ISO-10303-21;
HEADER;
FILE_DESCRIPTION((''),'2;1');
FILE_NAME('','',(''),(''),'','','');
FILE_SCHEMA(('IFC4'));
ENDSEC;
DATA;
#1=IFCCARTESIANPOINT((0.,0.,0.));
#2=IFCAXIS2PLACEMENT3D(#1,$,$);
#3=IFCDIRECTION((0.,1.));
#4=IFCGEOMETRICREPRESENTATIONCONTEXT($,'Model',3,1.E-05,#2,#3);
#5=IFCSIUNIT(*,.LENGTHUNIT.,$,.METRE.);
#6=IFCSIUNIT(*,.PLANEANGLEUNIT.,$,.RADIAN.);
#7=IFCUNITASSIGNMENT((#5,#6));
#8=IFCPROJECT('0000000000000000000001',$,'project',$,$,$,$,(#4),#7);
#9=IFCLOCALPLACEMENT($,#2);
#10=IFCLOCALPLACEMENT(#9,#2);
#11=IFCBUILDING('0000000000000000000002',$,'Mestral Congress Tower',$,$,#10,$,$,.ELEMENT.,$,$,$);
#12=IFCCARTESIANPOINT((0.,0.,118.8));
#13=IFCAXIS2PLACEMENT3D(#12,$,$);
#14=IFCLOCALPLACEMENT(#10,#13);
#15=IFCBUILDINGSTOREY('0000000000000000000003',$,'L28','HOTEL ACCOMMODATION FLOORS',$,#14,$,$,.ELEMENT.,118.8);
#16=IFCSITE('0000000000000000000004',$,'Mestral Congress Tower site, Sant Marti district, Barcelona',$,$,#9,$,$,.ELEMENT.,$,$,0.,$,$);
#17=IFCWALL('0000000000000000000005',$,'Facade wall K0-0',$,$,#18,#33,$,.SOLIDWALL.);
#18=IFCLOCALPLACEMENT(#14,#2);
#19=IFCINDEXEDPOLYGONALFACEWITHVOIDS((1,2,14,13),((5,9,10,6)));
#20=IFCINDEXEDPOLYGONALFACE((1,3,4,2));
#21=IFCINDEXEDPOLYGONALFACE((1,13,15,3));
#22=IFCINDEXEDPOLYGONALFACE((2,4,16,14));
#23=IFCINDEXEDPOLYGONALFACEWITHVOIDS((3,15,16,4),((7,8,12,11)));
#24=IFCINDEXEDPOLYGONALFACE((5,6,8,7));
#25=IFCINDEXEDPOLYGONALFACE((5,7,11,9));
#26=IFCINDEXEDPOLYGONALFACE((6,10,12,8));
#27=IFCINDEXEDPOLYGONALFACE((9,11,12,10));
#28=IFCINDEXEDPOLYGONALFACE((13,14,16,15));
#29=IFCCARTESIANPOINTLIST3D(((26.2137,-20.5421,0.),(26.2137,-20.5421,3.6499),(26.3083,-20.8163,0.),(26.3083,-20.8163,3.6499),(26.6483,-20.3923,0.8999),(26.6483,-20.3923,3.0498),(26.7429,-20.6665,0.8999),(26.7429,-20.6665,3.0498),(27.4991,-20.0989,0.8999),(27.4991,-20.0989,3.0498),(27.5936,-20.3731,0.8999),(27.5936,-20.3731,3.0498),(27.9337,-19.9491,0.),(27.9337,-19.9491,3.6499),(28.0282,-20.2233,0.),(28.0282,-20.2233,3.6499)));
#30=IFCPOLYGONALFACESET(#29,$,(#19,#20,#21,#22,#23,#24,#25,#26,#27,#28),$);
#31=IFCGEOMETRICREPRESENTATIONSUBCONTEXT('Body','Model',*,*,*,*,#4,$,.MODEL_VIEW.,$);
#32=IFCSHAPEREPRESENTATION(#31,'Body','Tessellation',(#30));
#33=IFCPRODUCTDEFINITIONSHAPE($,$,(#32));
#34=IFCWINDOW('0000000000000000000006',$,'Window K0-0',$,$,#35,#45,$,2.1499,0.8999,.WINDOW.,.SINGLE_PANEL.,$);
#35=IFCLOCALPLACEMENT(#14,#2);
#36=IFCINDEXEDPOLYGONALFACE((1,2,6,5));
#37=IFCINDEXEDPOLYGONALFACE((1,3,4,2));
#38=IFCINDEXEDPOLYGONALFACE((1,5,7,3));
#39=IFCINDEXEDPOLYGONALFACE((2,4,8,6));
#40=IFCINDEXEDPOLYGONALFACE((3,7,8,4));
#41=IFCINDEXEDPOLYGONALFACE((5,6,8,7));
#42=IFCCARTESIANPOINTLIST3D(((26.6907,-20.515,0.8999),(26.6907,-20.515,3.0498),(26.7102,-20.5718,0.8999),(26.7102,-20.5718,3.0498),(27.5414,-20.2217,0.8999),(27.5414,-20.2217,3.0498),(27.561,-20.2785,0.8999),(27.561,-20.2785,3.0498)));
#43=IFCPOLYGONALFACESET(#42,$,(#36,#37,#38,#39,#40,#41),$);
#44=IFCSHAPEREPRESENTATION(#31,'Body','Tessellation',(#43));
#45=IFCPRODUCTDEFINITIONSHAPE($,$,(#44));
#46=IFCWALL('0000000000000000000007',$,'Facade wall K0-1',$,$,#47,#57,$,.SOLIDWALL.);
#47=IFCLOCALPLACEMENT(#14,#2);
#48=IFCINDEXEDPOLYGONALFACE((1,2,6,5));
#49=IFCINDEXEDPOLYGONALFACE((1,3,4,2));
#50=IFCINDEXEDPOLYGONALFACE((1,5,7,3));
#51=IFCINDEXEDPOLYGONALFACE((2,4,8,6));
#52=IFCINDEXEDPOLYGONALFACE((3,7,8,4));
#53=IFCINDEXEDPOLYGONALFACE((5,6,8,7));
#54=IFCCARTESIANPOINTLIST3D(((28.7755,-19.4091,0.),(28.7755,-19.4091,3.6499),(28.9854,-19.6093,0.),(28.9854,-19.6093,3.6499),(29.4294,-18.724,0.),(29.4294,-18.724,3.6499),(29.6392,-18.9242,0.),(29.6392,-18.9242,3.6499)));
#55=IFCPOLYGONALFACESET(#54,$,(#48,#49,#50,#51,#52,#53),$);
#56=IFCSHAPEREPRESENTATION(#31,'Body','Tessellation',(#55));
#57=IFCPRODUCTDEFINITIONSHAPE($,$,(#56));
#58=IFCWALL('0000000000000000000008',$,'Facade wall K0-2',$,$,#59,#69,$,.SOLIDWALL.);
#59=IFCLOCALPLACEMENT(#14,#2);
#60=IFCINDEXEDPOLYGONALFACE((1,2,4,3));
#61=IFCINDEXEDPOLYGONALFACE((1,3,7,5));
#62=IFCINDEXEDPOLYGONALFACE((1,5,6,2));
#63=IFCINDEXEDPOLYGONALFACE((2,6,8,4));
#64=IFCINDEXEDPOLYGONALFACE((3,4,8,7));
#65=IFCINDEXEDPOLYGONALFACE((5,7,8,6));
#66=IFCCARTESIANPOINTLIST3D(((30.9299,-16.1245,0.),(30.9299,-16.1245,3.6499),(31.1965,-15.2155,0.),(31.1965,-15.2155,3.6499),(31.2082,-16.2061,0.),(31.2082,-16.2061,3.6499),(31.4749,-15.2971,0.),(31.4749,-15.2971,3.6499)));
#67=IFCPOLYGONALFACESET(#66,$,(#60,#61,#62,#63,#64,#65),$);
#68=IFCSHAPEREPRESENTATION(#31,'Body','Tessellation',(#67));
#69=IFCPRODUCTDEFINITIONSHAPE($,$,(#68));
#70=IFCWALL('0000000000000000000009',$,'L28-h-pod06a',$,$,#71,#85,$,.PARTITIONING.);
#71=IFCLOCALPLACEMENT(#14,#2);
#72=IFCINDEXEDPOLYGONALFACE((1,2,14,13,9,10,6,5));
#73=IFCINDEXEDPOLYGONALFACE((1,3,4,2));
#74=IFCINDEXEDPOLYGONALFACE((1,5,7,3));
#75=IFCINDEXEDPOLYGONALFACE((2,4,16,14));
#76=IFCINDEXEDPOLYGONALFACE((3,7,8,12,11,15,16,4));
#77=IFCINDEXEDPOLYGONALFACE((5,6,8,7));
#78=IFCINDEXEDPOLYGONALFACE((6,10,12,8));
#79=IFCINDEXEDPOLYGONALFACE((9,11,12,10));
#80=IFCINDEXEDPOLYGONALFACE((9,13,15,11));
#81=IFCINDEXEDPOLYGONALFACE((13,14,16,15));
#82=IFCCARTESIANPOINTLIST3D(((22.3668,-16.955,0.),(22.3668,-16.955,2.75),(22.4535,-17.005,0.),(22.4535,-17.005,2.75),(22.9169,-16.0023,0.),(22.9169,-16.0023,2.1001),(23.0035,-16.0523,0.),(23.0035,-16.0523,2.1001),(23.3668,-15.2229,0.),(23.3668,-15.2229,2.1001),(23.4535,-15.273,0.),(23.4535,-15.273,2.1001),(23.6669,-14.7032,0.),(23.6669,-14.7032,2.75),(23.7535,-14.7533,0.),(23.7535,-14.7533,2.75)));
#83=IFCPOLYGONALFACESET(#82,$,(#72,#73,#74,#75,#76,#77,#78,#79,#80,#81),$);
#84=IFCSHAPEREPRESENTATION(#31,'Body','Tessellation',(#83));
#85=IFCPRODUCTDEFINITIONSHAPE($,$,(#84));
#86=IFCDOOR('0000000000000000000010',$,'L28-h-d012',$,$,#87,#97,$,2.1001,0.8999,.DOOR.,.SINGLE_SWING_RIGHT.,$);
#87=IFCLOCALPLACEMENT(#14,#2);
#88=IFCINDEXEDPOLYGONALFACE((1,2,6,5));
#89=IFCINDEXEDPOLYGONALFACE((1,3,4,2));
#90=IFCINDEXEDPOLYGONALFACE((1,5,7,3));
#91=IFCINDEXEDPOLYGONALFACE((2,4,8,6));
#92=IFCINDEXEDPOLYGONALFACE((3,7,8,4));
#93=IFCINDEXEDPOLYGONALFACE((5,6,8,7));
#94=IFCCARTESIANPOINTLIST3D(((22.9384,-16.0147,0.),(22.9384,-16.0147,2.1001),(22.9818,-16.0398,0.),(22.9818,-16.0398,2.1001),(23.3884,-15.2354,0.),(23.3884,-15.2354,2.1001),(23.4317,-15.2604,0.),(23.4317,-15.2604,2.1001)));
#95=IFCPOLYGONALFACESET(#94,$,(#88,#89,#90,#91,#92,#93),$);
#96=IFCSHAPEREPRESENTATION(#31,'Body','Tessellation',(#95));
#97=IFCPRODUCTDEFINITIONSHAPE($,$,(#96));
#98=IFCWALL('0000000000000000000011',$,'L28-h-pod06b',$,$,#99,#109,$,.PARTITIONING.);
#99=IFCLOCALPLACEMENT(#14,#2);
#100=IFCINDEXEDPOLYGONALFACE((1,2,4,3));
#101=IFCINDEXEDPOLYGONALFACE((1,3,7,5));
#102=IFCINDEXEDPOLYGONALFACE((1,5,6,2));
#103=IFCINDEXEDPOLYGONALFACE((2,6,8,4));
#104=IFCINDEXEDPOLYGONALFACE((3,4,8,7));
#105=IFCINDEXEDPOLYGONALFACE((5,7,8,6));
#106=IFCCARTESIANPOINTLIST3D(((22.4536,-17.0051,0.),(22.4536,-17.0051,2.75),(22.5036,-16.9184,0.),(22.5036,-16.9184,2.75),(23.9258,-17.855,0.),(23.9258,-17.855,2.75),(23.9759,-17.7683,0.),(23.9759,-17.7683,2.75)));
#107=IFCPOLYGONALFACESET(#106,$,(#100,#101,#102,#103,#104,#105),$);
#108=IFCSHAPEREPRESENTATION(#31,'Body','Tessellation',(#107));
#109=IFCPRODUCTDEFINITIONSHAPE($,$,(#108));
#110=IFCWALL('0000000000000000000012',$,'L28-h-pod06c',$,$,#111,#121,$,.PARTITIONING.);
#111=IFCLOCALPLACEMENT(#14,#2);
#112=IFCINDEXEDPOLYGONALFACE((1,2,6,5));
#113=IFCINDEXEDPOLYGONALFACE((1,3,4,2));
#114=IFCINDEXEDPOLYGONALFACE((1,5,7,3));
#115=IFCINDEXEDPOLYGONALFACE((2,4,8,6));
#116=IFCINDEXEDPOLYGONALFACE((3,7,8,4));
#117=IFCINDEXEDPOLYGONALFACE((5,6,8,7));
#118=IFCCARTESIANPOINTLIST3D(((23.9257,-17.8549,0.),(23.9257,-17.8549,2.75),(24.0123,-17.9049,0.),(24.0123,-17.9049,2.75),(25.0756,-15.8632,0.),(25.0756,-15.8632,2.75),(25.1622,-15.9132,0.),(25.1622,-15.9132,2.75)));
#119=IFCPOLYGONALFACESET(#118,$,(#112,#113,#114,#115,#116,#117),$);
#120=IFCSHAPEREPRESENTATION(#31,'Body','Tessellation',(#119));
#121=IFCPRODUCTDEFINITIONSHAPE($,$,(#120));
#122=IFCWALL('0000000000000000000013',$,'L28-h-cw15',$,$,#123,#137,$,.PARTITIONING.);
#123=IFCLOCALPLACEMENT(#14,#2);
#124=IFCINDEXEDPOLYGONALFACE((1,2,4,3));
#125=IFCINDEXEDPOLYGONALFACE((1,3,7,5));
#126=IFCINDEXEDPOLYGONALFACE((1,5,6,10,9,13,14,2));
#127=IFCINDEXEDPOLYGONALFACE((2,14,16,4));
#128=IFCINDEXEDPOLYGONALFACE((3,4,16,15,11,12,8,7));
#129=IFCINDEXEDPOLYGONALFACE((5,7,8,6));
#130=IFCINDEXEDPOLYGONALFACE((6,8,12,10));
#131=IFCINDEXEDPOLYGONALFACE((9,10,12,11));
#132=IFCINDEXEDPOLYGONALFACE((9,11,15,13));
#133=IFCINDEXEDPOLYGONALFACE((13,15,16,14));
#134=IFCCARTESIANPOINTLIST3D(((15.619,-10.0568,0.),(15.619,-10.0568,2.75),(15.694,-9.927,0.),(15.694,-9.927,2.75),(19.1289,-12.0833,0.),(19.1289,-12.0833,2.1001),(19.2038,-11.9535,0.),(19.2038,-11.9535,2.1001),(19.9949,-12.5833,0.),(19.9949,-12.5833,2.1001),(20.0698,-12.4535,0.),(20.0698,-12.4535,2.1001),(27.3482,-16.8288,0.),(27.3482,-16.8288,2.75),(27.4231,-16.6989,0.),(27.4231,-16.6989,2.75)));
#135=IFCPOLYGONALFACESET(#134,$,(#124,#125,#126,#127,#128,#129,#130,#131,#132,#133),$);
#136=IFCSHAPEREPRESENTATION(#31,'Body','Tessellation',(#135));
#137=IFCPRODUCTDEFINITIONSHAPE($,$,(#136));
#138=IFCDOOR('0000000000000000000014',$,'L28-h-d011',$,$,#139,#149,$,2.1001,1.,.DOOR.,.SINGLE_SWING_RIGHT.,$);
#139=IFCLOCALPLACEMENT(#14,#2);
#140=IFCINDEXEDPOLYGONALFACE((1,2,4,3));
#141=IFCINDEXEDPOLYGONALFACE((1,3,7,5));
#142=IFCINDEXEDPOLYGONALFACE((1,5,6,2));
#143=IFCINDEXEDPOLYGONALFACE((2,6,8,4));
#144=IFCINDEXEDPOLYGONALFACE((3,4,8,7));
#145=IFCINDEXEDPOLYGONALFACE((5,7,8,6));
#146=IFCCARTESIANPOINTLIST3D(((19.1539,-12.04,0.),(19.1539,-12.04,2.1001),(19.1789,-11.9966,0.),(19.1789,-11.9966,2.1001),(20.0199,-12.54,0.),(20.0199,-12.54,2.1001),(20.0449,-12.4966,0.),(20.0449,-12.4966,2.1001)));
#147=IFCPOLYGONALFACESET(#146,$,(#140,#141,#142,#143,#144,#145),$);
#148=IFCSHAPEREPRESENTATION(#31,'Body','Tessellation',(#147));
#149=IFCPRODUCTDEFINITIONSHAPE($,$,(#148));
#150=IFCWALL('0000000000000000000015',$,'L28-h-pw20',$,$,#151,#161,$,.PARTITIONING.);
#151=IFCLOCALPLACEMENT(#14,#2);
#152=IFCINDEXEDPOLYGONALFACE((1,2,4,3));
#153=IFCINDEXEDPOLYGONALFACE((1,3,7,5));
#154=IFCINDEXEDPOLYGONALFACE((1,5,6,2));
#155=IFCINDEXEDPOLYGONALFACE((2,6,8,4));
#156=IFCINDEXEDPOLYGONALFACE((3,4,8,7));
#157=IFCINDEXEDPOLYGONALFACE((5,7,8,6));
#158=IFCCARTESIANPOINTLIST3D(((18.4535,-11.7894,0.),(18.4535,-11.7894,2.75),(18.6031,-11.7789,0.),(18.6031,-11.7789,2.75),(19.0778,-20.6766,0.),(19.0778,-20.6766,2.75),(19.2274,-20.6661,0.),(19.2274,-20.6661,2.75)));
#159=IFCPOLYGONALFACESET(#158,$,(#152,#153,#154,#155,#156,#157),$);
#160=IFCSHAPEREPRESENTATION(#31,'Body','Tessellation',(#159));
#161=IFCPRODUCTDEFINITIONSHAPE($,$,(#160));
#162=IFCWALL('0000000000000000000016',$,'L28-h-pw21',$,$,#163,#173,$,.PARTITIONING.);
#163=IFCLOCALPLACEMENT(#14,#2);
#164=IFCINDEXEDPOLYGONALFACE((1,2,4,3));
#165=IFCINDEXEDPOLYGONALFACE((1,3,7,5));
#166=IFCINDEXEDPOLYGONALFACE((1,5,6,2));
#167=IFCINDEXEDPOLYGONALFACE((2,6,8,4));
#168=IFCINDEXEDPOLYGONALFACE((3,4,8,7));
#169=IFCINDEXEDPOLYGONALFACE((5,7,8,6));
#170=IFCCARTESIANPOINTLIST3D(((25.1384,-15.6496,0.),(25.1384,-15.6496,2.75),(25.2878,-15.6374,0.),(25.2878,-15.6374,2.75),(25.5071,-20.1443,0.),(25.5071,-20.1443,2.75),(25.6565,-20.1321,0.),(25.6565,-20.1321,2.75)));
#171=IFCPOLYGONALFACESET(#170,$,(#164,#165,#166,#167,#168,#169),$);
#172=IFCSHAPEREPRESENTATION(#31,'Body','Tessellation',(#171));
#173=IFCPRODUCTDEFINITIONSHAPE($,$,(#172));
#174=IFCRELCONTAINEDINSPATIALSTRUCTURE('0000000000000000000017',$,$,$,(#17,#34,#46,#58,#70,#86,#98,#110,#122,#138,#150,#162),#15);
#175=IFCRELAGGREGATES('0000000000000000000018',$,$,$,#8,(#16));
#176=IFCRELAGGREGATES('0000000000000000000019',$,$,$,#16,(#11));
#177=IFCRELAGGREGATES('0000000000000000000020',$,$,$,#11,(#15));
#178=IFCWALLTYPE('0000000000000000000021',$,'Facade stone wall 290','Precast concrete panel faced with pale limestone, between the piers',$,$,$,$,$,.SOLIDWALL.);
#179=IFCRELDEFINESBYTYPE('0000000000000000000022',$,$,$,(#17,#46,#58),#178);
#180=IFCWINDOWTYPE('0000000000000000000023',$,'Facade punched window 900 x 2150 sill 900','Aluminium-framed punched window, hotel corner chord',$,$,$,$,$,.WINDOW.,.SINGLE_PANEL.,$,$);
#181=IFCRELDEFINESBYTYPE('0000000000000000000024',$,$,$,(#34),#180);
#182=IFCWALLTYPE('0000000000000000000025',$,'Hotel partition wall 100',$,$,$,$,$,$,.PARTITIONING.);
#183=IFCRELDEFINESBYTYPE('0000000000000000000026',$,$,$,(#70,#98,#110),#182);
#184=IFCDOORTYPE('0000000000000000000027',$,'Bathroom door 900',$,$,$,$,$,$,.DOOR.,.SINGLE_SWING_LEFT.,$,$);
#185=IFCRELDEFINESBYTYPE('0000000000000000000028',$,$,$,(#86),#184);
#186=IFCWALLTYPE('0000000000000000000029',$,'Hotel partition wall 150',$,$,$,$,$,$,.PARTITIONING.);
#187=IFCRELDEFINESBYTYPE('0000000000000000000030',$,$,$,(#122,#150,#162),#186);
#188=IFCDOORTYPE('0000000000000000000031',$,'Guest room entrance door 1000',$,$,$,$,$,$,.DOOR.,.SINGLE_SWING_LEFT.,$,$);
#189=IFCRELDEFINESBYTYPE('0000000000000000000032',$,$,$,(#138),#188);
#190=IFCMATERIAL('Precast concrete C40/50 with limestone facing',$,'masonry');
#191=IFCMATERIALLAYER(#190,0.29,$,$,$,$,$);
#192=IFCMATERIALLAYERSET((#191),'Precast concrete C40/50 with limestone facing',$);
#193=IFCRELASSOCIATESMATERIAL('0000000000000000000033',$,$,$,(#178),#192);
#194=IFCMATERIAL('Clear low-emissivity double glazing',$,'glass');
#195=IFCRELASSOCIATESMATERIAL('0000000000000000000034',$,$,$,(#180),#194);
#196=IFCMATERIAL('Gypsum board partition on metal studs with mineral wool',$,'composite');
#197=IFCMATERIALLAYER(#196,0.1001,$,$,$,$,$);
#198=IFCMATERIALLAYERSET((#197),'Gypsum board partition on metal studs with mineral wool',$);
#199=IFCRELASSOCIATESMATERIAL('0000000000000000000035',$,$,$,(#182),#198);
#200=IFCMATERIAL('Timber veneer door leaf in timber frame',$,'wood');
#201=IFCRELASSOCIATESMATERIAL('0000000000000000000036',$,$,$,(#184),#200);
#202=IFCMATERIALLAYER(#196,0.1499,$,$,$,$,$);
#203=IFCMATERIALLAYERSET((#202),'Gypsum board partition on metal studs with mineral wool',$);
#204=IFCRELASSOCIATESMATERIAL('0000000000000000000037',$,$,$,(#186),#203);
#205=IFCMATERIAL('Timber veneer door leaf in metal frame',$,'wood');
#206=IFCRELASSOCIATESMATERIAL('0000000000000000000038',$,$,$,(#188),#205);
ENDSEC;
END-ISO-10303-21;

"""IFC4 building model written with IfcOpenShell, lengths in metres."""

from ifc_helpers import new_model, si_unit, direction, frame, frame_2d, origin, place, context, subcontext, project, spatial, rectangle, extrude, material, layer, layer_set, type_object, element, fill, save


model = new_model("IFC4")

# Units and contexts
model_context = context("Model", 3, precision=1e-05, world=origin(), true_north=direction((0.0, 1.0)))
body_context = subcontext(model_context, "Body", "Model", "MODEL_VIEW")
ifc_project = project(units=[si_unit("LENGTHUNIT", "METRE"), si_unit("PLANEANGLEUNIT", "RADIAN")], contexts=[model_context])

# Site, building, storey
site_placement = place(None, origin())
site = spatial("IfcSite", under=ifc_project, at=site_placement, Name="Mestral Congress Tower site, Sant Marti district, Barcelona", CompositionType="ELEMENT", RefElevation=0.0)
building_placement = place(site_placement, origin())
building = spatial("IfcBuilding", under=site, at=building_placement, Name="Mestral Congress Tower", CompositionType="ELEMENT")
storey_placement = place(building_placement, frame((0.0, 0.0, 118.8)))
storey = spatial("IfcBuildingStorey", under=building, at=storey_placement, Name="L28", Description="HOTEL ACCOMMODATION FLOORS", CompositionType="ELEMENT", Elevation=118.8)

# Shared definitions
ifc_material_1 = material(Name="Precast concrete C40/50 with limestone facing", Category="masonry")
ifc_layer_1 = layer(ifc_material_1, 0.29)
ifc_layer_set_1 = layer_set([ifc_layer_1], Name="Precast concrete C40/50 with limestone facing")
wall_type_1 = type_object("IfcWallType", Name="Facade stone wall 290", Description="Precast concrete panel faced with pale limestone, between the piers", PredefinedType="SOLIDWALL", material=ifc_layer_set_1)
ifc_material_2 = material(Name="Clear low-emissivity double glazing", Category="glass")

# Wall, opening, window
wall_1_placement = place(storey_placement, frame((26.261, -20.6792, 0.0), z_axis=(0.0, 0.0, 1.0), x_axis=(0.945386, 0.325953, 0.0)))
wall_1 = element("IfcWall", 1, at=wall_1_placement, inside=storey, type_object=wall_type_1, Name="Facade wall K0-0", PredefinedType="SOLIDWALL", context=body_context, shape_type="SweptSolid", body=[
    extrude(rectangle(XDim=1.8193, YDim=0.29, at=frame_2d((0.9097, 0.0))), origin(), (0.0, 0.0, 1.0), 3.6499),
])
opening_1_placement = place(wall_1_placement, frame((0.4597, 0.0, 0.8999)))
opening_1 = element("IfcOpeningElement", 2, at=opening_1_placement, cuts=wall_1, PredefinedType="OPENING", context=body_context, shape_type="SweptSolid", body=[
    extrude(rectangle(XDim=0.8999, YDim=2.1499, at=frame_2d((0.45, 1.075))), frame((0.0, 0.155, 0.0), z_axis=(0.0, -1.0, 0.0), x_axis=(1.0, 0.0, 0.0)), (0.0, 0.0, 1.0), 0.3101),
])
window_type_1 = type_object("IfcWindowType", Name="Facade punched window 900 x 2150 sill 900", Description="Aluminium-framed punched window, hotel corner chord", PartitioningType="SINGLE_PANEL", PredefinedType="WINDOW", material=ifc_material_2)
window_1_placement = place(opening_1_placement, origin())
window_1 = element("IfcWindow", 3, at=window_1_placement, inside=storey, type_object=window_type_1, Name="Window K0-0", OverallHeight=2.1499, OverallWidth=0.8999, PartitioningType="SINGLE_PANEL", PredefinedType="WINDOW", context=body_context, shape_type="SweptSolid", body=[
    extrude(rectangle(XDim=0.8999, YDim=2.1499, at=frame_2d((0.45, 1.075))), frame((0.0, 0.0151, 0.0), z_axis=(0.0, -1.0, 0.0), x_axis=(1.0, 0.0, 0.0)), (0.0, 0.0, 1.0), 0.0601),
])
fill(opening_1, window_1)

# Walls
wall_2_placement = place(storey_placement, frame((28.8804, -19.5093, 0.0), z_axis=(0.0, 0.0, 1.0), x_axis=(0.690414, 0.723414, 0.0)))
element("IfcWall", 4, at=wall_2_placement, inside=storey, type_object=wall_type_1, Name="Facade wall K0-1", PredefinedType="SOLIDWALL", context=body_context, shape_type="SweptSolid", body=[
    extrude(rectangle(XDim=0.947, YDim=0.29, at=frame_2d((0.4736, 0.0))), origin(), (0.0, 0.0, 1.0), 3.6499),
])
wall_3_placement = place(storey_placement, frame((31.0691, -16.1653, 0.0), z_axis=(0.0, 0.0, 1.0), x_axis=(0.281455, 0.959575, 0.0)))
element("IfcWall", 5, at=wall_3_placement, inside=storey, type_object=wall_type_1, Name="Facade wall K0-2", PredefinedType="SOLIDWALL", context=body_context, shape_type="SweptSolid", body=[
    extrude(rectangle(XDim=0.9473, YDim=0.29, at=frame_2d((0.4736, 0.0))), origin(), (0.0, 0.0, 1.0), 3.6499),
])

# Wall, opening, door
ifc_material_3 = material(Name="Gypsum board partition on metal studs with mineral wool", Category="composite")
ifc_layer_2 = layer(ifc_material_3, 0.1001)
ifc_layer_set_2 = layer_set([ifc_layer_2], Name="Gypsum board partition on metal studs with mineral wool")
wall_type_2 = type_object("IfcWallType", Name="Hotel partition wall 100", PredefinedType="PARTITIONING", material=ifc_layer_set_2)
wall_4_placement = place(storey_placement, frame((23.7102, -14.7283, 0.0), z_axis=(0.0, 0.0, 1.0), x_axis=(-0.500007, -0.866021, 0.0)))
wall_4 = element("IfcWall", 6, at=wall_4_placement, inside=storey, type_object=wall_type_2, Name="L28-h-pod06a", PredefinedType="PARTITIONING", context=body_context, shape_type="SweptSolid", body=[
    extrude(rectangle(XDim=2.6001, YDim=0.1001, at=frame_2d((1.3, 0.0))), origin(), (0.0, 0.0, 1.0), 2.75),
])
opening_2_placement = place(wall_4_placement, frame((0.6001, 0.0, 0.0)))
opening_2 = element("IfcOpeningElement", 7, at=opening_2_placement, cuts=wall_4, PredefinedType="OPENING", context=body_context, shape_type="SweptSolid", body=[
    extrude(rectangle(XDim=0.8999, YDim=2.1001, at=frame_2d((0.45, 1.05))), frame((0.0, 0.0601, 0.0), z_axis=(0.0, -1.0, 0.0), x_axis=(1.0, 0.0, 0.0)), (0.0, 0.0, 1.0), 0.1201),
])
ifc_material_4 = material(Name="Timber veneer door leaf in timber frame", Category="wood")
door_type_1 = type_object("IfcDoorType", Name="Bathroom door 900", OperationType="SINGLE_SWING_LEFT", PredefinedType="DOOR", material=ifc_material_4)
door_1_placement = place(opening_2_placement, origin())
door_1 = element("IfcDoor", 8, at=door_1_placement, inside=storey, type_object=door_type_1, Name="L28-h-d012", OperationType="SINGLE_SWING_RIGHT", OverallHeight=2.1001, OverallWidth=0.8999, PredefinedType="DOOR", context=body_context, shape_type="SweptSolid", body=[
    extrude(rectangle(XDim=0.8999, YDim=2.1001, at=frame_2d((0.45, 1.05))), frame((0.0, 0.0249, 0.0), z_axis=(0.0, -1.0, 0.0), x_axis=(1.0, 0.0, 0.0)), (0.0, 0.0, 1.0), 0.05),
])
fill(opening_2, door_1)

# Walls
wall_5_placement = place(storey_placement, frame((22.4785, -16.9617, 0.0), z_axis=(0.0, 0.0, 1.0), x_axis=(0.866052, -0.499955, 0.0)))
element("IfcWall", 9, at=wall_5_placement, inside=storey, type_object=wall_type_2, Name="L28-h-pod06b", PredefinedType="PARTITIONING", context=body_context, shape_type="SweptSolid", body=[
    extrude(rectangle(XDim=1.7, YDim=0.1001, at=frame_2d((0.8501, 0.0))), origin(), (0.0, 0.0, 1.0), 2.75),
])
wall_6_placement = place(storey_placement, frame((25.1189, -15.8882, 0.0), z_axis=(0.0, 0.0, 1.0), x_axis=(-0.499998, -0.866026, 0.0)))
element("IfcWall", 10, at=wall_6_placement, inside=storey, type_object=wall_type_2, Name="L28-h-pod06c", PredefinedType="PARTITIONING", context=body_context, shape_type="SweptSolid", body=[
    extrude(rectangle(XDim=2.2998, YDim=0.1001, at=frame_2d((1.1499, 0.0))), origin(), (0.0, 0.0, 1.0), 2.75),
])

# Wall, opening, door
ifc_layer_3 = layer(ifc_material_3, 0.1499)
ifc_layer_set_3 = layer_set([ifc_layer_3], Name="Gypsum board partition on metal studs with mineral wool")
wall_type_3 = type_object("IfcWallType", Name="Hotel partition wall 150", PredefinedType="PARTITIONING", material=ifc_layer_set_3)
wall_7_placement = place(storey_placement, frame((27.3857, -16.7639, 0.0), z_axis=(0.0, 0.0, 1.0), x_axis=(-0.866023, 0.500005, 0.0)))
wall_7 = element("IfcWall", 11, at=wall_7_placement, inside=storey, type_object=wall_type_3, Name="L28-h-cw15", PredefinedType="PARTITIONING", context=body_context, shape_type="SweptSolid", body=[
    extrude(rectangle(XDim=13.5437, YDim=0.1499, at=frame_2d((6.772, 0.0))), origin(), (0.0, 0.0, 1.0), 2.75),
])
opening_3_placement = place(wall_7_placement, frame((8.491, 0.0, 0.0)))
opening_3 = element("IfcOpeningElement", 12, at=opening_3_placement, cuts=wall_7, PredefinedType="OPENING", context=body_context, shape_type="SweptSolid", body=[
    extrude(rectangle(XDim=1.0, YDim=2.1001, at=frame_2d((0.5, 1.05))), frame((0.0, 0.085, 0.0), z_axis=(0.0, -1.0, 0.0), x_axis=(1.0, 0.0, 0.0)), (0.0, 0.0, 1.0), 0.1699),
])
ifc_material_5 = material(Name="Timber veneer door leaf in metal frame", Category="wood")
door_type_2 = type_object("IfcDoorType", Name="Guest room entrance door 1000", OperationType="SINGLE_SWING_LEFT", PredefinedType="DOOR", material=ifc_material_5)
door_2_placement = place(opening_3_placement, origin())
door_2 = element("IfcDoor", 13, at=door_2_placement, inside=storey, type_object=door_type_2, Name="L28-h-d011", OperationType="SINGLE_SWING_RIGHT", OverallHeight=2.1001, OverallWidth=1.0, PredefinedType="DOOR", context=body_context, shape_type="SweptSolid", body=[
    extrude(rectangle(XDim=1.0, YDim=2.1001, at=frame_2d((0.5, 1.05))), frame((0.0, 0.0249, 0.0), z_axis=(0.0, -1.0, 0.0), x_axis=(1.0, 0.0, 0.0)), (0.0, 0.0, 1.0), 0.05),
])
fill(opening_3, door_2)

# Walls
wall_8_placement = place(storey_placement, frame((19.1526, -20.6714, 0.0), z_axis=(0.0, 0.0, 1.0), x_axis=(-0.070071, 0.997542, 0.0)))
element("IfcWall", 14, at=wall_8_placement, inside=storey, type_object=wall_type_3, Name="L28-h-pw20", PredefinedType="PARTITIONING", context=body_context, shape_type="SweptSolid", body=[
    extrude(rectangle(XDim=8.9092, YDim=0.1499, at=frame_2d((4.4546, 0.0))), origin(), (0.0, 0.0, 1.0), 2.75),
])
wall_9_placement = place(storey_placement, frame((25.5818, -20.1382, 0.0), z_axis=(0.0, 0.0, 1.0), x_axis=(-0.081746, 0.996653, 0.0)))
element("IfcWall", 15, at=wall_9_placement, inside=storey, type_object=wall_type_3, Name="L28-h-pw21", PredefinedType="PARTITIONING", context=body_context, shape_type="SweptSolid", body=[
    extrude(rectangle(XDim=4.5098, YDim=0.1499, at=frame_2d((2.2549, 0.0))), origin(), (0.0, 0.0, 1.0), 2.75),
])

save(model, "model.ifc")
